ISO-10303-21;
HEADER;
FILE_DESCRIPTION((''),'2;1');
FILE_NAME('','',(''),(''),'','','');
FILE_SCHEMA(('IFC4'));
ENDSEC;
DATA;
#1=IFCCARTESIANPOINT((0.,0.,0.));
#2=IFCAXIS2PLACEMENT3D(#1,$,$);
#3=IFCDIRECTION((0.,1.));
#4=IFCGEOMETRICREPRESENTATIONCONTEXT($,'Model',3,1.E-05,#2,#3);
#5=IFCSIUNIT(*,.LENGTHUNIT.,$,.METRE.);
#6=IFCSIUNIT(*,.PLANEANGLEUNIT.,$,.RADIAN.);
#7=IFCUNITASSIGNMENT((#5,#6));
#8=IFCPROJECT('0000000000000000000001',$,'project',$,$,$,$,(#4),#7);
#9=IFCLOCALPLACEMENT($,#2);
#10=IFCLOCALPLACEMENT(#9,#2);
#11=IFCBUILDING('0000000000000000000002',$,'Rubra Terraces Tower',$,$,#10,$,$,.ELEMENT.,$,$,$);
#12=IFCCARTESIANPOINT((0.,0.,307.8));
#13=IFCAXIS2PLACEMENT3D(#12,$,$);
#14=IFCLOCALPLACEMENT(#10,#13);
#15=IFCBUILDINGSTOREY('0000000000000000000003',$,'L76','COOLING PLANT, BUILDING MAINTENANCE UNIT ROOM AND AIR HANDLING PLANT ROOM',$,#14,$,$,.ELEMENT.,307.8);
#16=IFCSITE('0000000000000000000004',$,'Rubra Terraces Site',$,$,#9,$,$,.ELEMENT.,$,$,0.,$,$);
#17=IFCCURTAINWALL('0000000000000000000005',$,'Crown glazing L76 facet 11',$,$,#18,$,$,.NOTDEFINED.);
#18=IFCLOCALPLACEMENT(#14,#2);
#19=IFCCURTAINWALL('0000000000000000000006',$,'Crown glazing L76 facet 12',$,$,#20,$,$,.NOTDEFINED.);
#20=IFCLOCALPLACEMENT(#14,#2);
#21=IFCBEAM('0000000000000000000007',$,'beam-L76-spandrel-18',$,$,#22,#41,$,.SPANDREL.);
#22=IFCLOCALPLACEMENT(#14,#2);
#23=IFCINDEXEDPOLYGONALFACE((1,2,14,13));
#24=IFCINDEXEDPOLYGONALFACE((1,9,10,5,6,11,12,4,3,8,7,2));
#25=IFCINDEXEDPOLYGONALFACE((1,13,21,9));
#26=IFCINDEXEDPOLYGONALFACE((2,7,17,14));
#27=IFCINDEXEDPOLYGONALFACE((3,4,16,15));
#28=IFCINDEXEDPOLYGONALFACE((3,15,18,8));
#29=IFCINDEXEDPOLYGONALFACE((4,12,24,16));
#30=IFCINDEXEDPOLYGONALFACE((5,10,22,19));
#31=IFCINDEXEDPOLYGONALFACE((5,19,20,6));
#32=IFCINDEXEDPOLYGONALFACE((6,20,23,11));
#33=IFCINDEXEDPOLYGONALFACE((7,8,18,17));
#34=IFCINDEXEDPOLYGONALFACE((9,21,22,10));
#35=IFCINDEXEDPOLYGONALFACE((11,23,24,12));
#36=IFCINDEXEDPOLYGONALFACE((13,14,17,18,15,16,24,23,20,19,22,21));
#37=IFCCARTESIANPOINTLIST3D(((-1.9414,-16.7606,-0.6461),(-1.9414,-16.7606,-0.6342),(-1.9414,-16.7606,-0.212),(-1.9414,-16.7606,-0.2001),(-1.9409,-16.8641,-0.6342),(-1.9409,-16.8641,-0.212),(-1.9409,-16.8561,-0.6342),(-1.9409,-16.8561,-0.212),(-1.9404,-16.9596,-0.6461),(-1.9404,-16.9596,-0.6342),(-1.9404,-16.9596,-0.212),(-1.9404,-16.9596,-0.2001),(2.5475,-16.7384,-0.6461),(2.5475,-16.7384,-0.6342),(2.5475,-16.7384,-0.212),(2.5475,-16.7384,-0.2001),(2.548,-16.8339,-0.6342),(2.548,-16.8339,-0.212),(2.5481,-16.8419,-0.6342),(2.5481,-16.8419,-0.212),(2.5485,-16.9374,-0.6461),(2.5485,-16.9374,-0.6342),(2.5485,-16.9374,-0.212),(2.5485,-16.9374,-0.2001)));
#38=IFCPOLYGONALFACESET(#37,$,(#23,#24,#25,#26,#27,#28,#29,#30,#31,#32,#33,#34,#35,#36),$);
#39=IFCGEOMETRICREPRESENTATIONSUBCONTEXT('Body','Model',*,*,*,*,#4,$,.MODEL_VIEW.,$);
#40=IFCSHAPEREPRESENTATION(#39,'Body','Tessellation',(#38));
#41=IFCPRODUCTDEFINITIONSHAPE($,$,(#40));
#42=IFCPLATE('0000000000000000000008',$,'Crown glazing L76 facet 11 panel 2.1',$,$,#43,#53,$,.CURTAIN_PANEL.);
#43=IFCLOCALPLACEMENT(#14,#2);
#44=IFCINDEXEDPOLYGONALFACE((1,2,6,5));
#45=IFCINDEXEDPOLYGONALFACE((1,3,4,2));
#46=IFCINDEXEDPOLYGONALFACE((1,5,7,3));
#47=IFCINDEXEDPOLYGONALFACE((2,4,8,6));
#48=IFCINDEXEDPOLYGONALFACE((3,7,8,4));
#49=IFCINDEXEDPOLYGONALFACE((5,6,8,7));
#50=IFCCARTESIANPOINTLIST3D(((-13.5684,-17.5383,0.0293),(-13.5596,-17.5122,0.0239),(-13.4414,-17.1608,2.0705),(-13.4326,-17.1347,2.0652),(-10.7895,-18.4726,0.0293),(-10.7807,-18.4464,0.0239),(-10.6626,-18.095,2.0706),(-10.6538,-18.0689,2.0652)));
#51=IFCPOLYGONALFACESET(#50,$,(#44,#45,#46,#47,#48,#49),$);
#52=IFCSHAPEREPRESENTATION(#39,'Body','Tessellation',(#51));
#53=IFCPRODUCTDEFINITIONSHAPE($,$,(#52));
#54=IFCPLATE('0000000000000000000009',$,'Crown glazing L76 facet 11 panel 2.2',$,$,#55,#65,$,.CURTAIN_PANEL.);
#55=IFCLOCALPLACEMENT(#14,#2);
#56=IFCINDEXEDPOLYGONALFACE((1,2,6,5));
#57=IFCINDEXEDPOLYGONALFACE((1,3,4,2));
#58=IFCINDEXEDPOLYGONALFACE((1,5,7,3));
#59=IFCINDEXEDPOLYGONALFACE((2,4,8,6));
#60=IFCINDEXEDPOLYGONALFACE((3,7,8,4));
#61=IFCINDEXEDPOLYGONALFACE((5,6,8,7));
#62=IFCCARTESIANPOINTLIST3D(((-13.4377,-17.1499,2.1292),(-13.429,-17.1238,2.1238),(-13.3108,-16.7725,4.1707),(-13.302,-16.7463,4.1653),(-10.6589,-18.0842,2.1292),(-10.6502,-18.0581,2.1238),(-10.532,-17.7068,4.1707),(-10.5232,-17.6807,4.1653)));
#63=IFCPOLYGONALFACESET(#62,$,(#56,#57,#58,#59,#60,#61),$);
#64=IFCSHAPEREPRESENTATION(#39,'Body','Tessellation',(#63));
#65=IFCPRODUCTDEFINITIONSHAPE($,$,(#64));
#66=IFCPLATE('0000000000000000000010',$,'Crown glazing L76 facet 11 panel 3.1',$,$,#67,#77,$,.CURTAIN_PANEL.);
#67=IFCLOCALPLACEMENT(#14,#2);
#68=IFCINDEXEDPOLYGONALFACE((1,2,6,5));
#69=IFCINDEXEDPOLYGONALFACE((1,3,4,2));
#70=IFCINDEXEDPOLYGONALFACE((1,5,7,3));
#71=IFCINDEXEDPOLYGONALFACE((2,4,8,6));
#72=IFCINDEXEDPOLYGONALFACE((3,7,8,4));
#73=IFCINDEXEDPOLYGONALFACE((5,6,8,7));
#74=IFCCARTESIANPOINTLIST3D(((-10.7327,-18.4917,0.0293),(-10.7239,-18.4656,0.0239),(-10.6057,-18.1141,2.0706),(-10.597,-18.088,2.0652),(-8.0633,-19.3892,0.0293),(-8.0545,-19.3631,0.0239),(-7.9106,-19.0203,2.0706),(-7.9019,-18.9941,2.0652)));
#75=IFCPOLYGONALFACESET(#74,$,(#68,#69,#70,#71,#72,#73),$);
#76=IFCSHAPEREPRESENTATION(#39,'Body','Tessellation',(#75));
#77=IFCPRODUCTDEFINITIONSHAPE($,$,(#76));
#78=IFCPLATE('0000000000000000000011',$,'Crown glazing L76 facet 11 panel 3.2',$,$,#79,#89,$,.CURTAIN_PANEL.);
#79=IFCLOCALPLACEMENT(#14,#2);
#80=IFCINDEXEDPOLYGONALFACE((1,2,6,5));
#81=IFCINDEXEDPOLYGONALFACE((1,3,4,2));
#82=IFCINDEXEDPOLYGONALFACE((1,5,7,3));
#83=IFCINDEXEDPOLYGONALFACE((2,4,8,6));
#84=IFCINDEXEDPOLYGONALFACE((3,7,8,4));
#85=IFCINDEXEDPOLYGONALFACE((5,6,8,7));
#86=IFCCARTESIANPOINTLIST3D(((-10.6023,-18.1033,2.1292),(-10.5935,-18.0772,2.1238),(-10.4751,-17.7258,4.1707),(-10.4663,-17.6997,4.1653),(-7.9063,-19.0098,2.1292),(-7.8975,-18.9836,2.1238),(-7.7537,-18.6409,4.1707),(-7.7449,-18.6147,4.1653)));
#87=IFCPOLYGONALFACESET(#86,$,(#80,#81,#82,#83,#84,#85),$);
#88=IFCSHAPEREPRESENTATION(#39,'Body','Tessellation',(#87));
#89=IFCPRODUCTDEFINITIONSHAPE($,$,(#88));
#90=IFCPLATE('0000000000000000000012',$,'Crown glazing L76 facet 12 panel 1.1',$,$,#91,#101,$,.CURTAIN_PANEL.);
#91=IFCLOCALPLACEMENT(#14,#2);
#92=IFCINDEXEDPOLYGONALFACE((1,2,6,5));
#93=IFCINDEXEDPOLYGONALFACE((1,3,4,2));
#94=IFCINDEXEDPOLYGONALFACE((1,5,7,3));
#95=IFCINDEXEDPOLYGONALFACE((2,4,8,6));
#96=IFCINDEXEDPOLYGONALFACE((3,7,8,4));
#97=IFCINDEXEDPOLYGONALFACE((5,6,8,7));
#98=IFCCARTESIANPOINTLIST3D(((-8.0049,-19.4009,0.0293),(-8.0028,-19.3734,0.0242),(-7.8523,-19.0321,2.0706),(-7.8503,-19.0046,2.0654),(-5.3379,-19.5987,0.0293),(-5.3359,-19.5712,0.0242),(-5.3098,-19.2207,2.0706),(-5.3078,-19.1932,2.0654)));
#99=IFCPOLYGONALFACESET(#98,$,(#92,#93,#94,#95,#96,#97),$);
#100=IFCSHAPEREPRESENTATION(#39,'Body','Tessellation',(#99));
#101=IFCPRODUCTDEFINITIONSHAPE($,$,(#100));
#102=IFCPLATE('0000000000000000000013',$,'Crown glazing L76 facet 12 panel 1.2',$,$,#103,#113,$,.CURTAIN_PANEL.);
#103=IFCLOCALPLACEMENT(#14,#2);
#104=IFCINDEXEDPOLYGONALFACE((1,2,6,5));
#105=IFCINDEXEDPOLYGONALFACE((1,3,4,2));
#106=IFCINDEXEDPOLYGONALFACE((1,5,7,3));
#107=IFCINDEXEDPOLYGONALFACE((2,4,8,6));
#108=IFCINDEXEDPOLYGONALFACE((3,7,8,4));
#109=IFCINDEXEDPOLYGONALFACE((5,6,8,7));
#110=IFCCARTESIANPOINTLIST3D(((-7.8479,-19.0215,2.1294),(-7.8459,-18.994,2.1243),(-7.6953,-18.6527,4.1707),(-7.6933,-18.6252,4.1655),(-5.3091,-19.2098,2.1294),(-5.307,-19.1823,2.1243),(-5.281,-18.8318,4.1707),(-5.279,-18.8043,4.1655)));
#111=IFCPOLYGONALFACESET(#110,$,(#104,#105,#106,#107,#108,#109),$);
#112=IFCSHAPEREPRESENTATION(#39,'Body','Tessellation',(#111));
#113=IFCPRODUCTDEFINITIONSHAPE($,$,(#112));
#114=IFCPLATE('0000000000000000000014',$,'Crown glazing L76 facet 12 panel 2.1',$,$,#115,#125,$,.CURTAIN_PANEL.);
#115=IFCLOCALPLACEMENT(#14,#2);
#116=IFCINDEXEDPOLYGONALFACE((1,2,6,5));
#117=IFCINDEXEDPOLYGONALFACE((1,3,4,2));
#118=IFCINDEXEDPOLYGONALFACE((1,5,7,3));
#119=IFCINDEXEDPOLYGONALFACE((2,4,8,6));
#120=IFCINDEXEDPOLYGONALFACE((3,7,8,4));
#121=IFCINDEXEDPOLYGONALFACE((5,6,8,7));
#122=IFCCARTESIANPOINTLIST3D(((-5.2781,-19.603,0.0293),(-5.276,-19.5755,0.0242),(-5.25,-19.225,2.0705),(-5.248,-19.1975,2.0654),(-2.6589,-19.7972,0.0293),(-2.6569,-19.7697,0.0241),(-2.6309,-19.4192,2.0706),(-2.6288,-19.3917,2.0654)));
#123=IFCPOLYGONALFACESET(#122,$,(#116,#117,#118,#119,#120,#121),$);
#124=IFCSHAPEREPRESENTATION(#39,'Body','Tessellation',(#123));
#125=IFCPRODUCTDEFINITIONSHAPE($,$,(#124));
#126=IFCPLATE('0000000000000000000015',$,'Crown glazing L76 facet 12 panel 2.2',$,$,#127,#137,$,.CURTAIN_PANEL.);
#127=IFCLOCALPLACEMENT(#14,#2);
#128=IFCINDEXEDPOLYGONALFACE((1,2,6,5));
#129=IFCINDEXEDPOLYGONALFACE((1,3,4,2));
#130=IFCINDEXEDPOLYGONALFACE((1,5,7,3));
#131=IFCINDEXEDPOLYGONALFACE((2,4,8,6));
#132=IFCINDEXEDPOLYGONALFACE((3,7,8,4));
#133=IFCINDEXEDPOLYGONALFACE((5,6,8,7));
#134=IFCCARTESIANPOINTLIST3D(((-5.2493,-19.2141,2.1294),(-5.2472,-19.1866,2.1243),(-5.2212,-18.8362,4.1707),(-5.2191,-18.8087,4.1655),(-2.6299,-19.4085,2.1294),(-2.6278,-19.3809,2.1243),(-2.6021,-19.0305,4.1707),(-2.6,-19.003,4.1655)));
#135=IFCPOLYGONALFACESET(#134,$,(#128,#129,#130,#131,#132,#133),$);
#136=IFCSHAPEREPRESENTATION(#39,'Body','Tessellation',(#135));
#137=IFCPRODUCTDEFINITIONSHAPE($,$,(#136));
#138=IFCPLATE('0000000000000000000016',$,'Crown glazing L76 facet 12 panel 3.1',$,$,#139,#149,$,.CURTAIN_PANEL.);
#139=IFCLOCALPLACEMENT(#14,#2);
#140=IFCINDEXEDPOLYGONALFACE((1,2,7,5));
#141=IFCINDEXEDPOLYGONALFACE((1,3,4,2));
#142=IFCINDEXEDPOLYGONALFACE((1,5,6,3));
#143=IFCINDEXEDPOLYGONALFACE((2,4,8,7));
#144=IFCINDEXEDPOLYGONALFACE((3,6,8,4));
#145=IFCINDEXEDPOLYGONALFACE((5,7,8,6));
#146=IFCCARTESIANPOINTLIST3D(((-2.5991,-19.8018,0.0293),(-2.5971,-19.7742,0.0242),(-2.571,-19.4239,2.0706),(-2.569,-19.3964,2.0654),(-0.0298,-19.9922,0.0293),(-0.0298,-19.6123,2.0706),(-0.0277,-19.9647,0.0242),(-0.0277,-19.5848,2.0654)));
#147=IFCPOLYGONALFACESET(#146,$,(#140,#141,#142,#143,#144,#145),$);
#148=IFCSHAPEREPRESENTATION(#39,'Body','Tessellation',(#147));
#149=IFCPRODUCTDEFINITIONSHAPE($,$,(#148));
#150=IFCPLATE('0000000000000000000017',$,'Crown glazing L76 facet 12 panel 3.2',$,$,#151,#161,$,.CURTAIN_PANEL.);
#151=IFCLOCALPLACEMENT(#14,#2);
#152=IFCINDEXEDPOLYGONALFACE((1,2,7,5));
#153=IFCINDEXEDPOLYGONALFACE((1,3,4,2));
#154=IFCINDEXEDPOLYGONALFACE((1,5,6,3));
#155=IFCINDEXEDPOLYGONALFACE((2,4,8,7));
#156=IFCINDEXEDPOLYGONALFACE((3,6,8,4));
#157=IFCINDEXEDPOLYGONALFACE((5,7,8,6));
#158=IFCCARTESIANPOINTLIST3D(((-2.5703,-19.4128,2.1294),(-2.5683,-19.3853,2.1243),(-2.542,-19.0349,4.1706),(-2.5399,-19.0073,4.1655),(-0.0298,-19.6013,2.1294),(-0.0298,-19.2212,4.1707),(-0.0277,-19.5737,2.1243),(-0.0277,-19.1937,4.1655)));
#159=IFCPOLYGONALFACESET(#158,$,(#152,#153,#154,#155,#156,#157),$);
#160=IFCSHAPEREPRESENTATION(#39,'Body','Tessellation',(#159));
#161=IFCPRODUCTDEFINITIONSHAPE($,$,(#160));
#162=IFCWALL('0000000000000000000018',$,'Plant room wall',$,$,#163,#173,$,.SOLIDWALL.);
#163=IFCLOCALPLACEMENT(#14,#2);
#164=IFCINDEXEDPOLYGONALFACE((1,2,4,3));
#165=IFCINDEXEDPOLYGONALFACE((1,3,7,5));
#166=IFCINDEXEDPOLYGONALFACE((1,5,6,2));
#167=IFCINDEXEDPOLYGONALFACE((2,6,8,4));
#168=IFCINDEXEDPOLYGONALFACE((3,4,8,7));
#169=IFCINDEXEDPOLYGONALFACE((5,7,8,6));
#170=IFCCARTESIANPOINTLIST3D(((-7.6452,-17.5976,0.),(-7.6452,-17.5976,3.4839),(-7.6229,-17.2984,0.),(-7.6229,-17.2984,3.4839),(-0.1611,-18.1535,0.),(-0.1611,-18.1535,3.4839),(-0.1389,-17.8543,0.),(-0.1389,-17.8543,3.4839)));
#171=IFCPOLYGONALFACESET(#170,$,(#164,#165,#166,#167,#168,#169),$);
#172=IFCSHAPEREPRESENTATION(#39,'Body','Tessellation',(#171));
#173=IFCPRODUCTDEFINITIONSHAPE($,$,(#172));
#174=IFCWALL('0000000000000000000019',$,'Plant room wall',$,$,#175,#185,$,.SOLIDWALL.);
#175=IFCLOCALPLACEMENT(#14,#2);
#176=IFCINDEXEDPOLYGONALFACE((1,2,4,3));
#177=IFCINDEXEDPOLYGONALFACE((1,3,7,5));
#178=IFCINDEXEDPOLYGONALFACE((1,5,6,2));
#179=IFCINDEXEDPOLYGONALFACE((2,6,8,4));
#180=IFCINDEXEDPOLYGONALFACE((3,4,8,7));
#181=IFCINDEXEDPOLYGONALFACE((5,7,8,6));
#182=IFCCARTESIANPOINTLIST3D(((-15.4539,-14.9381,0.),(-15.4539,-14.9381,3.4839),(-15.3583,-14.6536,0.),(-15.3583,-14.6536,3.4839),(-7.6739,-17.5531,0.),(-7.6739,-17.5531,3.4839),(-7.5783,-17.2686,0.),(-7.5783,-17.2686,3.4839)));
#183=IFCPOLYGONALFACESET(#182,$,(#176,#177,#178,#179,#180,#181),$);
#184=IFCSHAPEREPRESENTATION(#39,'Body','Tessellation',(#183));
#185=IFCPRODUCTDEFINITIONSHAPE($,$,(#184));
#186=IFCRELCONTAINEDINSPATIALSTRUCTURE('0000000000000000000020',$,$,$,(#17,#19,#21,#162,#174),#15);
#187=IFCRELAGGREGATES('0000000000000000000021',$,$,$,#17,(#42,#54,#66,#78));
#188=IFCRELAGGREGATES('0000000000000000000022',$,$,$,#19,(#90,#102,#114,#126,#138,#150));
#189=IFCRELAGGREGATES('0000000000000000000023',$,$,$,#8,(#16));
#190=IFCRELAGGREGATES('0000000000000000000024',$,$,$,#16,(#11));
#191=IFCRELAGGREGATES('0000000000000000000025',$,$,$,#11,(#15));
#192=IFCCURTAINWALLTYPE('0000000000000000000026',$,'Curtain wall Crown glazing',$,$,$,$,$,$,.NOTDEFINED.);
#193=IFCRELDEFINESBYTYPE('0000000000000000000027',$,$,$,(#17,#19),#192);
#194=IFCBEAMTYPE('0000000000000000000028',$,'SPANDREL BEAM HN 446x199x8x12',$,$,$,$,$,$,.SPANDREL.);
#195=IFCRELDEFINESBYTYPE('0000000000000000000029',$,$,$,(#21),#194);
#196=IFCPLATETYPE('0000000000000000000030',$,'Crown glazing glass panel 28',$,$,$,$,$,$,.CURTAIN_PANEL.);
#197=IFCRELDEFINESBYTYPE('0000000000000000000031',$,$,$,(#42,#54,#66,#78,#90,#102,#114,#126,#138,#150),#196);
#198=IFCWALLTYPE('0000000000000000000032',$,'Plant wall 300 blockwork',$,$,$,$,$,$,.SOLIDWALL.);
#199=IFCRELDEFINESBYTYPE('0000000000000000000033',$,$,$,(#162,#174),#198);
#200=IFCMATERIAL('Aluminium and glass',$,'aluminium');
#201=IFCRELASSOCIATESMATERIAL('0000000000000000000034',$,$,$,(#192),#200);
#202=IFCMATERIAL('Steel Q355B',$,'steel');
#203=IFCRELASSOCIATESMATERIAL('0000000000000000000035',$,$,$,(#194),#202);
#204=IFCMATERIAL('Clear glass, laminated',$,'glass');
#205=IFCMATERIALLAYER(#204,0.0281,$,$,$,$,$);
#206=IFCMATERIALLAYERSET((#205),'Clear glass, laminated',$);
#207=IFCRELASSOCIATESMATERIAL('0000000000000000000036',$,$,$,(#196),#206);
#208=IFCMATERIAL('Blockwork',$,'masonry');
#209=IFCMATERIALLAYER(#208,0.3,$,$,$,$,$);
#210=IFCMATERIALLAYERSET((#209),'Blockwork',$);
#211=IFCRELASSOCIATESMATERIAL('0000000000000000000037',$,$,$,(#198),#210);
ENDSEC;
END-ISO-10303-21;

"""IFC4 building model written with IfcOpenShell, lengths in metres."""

from ifc_helpers import new_model, si_unit, direction, frame, frame_2d, origin, origin_2d, place, context, subcontext, project, spatial, polyline, rectangle, i_section, outline, extrude, material, layer, layer_set, material_profile, profile_set, type_object, element, aggregate, save


model = new_model("IFC4")

# Units and contexts
model_context = context("Model", 3, precision=1e-05, world=origin(), true_north=direction((0.0, 1.0)))
body_context = subcontext(model_context, "Body", "Model", "MODEL_VIEW")
ifc_project = project(units=[si_unit("LENGTHUNIT", "METRE"), si_unit("PLANEANGLEUNIT", "RADIAN")], contexts=[model_context])

# Site, building, storey
site_placement = place(None, origin())
site = spatial("IfcSite", under=ifc_project, at=site_placement, Name="Rubra Terraces Site", CompositionType="ELEMENT", RefElevation=0.0)
building_placement = place(site_placement, origin())
building = spatial("IfcBuilding", under=site, at=building_placement, Name="Rubra Terraces Tower", CompositionType="ELEMENT")
storey_placement = place(building_placement, frame((0.0, 0.0, 307.8)))
storey = spatial("IfcBuildingStorey", under=building, at=storey_placement, Name="L76", Description="COOLING PLANT, BUILDING MAINTENANCE UNIT ROOM AND AIR HANDLING PLANT ROOM", CompositionType="ELEMENT", Elevation=307.8)

# Shared definitions
ifc_material_1 = material(Name="Steel Q355B", Category="steel")

# Curtain walls
ifc_material_2 = material(Name="Aluminium and glass", Category="aluminium")
curtain_wall_type = type_object("IfcCurtainWallType", Name="Curtain wall Crown glazing", PredefinedType="NOTDEFINED", material=ifc_material_2)
curtain_wall_1_placement = place(storey_placement, origin())
curtain_wall_1 = element("IfcCurtainWall", 1, at=curtain_wall_1_placement, inside=storey, type_object=curtain_wall_type, Name="Crown glazing L76 facet 11", PredefinedType="NOTDEFINED")
curtain_wall_2_placement = place(storey_placement, origin())
curtain_wall_2 = element("IfcCurtainWall", 2, at=curtain_wall_2_placement, inside=storey, type_object=curtain_wall_type, Name="Crown glazing L76 facet 12", PredefinedType="NOTDEFINED")

# Beam
ifc_material_profile_1 = material_profile(ifc_material_1, i_section(OverallWidth=0.199, OverallDepth=0.446, WebThickness=0.0081, FlangeThickness=0.012, at=origin_2d()), Name="HN 446x199x8x12")
ifc_profile_set_1 = profile_set([ifc_material_profile_1], Name="Steel Q355B")
beam_type_1 = type_object("IfcBeamType", Name="SPANDREL BEAM HN 446x199x8x12", PredefinedType="SPANDREL", material=ifc_profile_set_1)
beam_1_placement = place(storey_placement, frame((-1.9409, -16.8601, -0.4231), z_axis=(0.999988, 0.004949, 0.0), x_axis=(-0.004949, 0.999988, 0.0)))
element("IfcBeam", 3, at=beam_1_placement, inside=storey, type_object=beam_type_1, Name="beam-L76-spandrel-18", PredefinedType="SPANDREL", context=body_context, shape_type="SweptSolid", body=[
    extrude(i_section(OverallWidth=0.199, OverallDepth=0.446, WebThickness=0.0081, FlangeThickness=0.012, at=origin_2d()), origin(), (0.0, 0.0, 1.0), 4.489),
])

# Plates
ifc_material_3 = material(Name="Clear glass, laminated", Category="glass")
ifc_layer_1 = layer(ifc_material_3, 0.0281)
ifc_layer_set_1 = layer_set([ifc_layer_1], Name="Clear glass, laminated")
plate_type = type_object("IfcPlateType", Name="Crown glazing glass panel 28", PredefinedType="CURTAIN_PANEL", material=ifc_layer_set_1)
plate_1_placement = place(storey_placement, frame((-13.5684, -17.5383, 0.0293), z_axis=(-0.312763, -0.93032, 0.191529), x_axis=(0.947868, -0.318664, -0.000007)))
plate_1 = element("IfcPlate", 4, at=plate_1_placement, type_object=plate_type, Name="Crown glazing L76 facet 11 panel 2.1", PredefinedType="CURTAIN_PANEL", context=body_context, shape_type="SweptSolid", body=[
    extrude(outline(polyline([(0.0, 0.0), (2.9317, 0.0), (2.9316, 2.0798), (0.0, 2.0797), (0.0, 0.0)])), origin(), (0.0, 0.0, -1.0), 0.0281),
])
plate_2_placement = place(storey_placement, frame((-13.4377, -17.1499, 2.1292), z_axis=(-0.312805, -0.930322, 0.191454), x_axis=(0.947856, -0.3187, 0.0)))
plate_2 = element("IfcPlate", 5, at=plate_2_placement, type_object=plate_type, Name="Crown glazing L76 facet 11 panel 2.2", PredefinedType="CURTAIN_PANEL", context=body_context, shape_type="SweptSolid", body=[
    extrude(outline(polyline([(0.0, 0.0), (2.9317, 0.0), (2.9317, 2.08), (0.0, 2.08), (0.0, 0.0)])), origin(), (0.0, 0.0, -1.0), 0.0281),
])
plate_3_placement = place(storey_placement, frame((-10.7327, -18.4917, 0.0293), z_axis=(-0.312797, -0.930305, 0.191546), x_axis=(0.947856, -0.318697, 0.000005)))
plate_3 = element("IfcPlate", 6, at=plate_3_placement, type_object=plate_type, Name="Crown glazing L76 facet 11 panel 3.1", PredefinedType="CURTAIN_PANEL", context=body_context, shape_type="SweptSolid", body=[
    extrude(outline(polyline([(0.0, 0.0), (2.8163, 0.0), (2.8433, 2.0798), (0.0, 2.0798), (0.0, 0.0)])), origin(), (0.0, 0.0, -1.0), 0.0281),
])
plate_4_placement = place(storey_placement, frame((-10.6023, -18.1033, 2.1292), z_axis=(-0.312802, -0.930316, 0.191488), x_axis=(0.947856, -0.3187, 0.0)))
plate_4 = element("IfcPlate", 7, at=plate_4_placement, type_object=plate_type, Name="Crown glazing L76 facet 11 panel 3.2", PredefinedType="CURTAIN_PANEL", context=body_context, shape_type="SweptSolid", body=[
    extrude(outline(polyline([(0.0, 0.0), (2.8444, 0.0), (2.8714, 2.08), (0.0003, 2.08), (0.0, 0.0)])), origin(), (0.0, 0.0, -1.0), 0.0281),
])
aggregate(curtain_wall_1, [plate_1, plate_2, plate_3, plate_4])
plate_5_placement = place(storey_placement, frame((-8.0049, -19.4009, 0.0293), z_axis=(-0.07274, -0.980496, 0.182584), x_axis=(0.99726, -0.073982, 0.000007)))
plate_5 = element("IfcPlate", 8, at=plate_5_placement, type_object=plate_type, Name="Crown glazing L76 facet 12 panel 1.1", PredefinedType="CURTAIN_PANEL", context=body_context, shape_type="SweptSolid", body=[
    extrude(outline(polyline([(0.0, 0.0), (2.6743, 0.0), (2.6744, 2.0761), (0.1249, 2.0762), (0.0, 0.0)])), origin(), (0.0, 0.0, -1.0), 0.0281),
])
plate_6_placement = place(storey_placement, frame((-7.8479, -19.0215, 2.1294), z_axis=(-0.072735, -0.980496, 0.182584), x_axis=(0.99726, -0.073977, 0.000007)))
plate_6 = element("IfcPlate", 9, at=plate_6_placement, type_object=plate_type, Name="Crown glazing L76 facet 12 panel 1.2", PredefinedType="CURTAIN_PANEL", context=body_context, shape_type="SweptSolid", body=[
    extrude(outline(polyline([(0.0, 0.0), (2.5458, 0.0), (2.5458, 2.0761), (0.1249, 2.0762), (0.0, 0.0)])), origin(), (0.0, 0.0, -1.0), 0.0281),
])
plate_7_placement = place(storey_placement, frame((-5.2781, -19.603, 0.0293), z_axis=(-0.072706, -0.980497, 0.182593), x_axis=(0.997262, -0.07395, -0.000008)))
plate_7 = element("IfcPlate", 10, at=plate_7_placement, type_object=plate_type, Name="Crown glazing L76 facet 12 panel 2.1", PredefinedType="CURTAIN_PANEL", context=body_context, shape_type="SweptSolid", body=[
    extrude(outline(polyline([(0.0, 0.0), (2.6263, 0.0), (2.6264, 2.0762), (0.0, 2.0761), (0.0, 0.0)])), origin(), (0.0, 0.0, -1.0), 0.0281),
])
plate_8_placement = place(storey_placement, frame((-5.2493, -19.2141, 2.1294), z_axis=(-0.072748, -0.980505, 0.182532), x_axis=(0.997259, -0.073991, 0.000001)))
plate_8 = element("IfcPlate", 11, at=plate_8_placement, type_object=plate_type, Name="Crown glazing L76 facet 12 panel 2.2", PredefinedType="CURTAIN_PANEL", context=body_context, shape_type="SweptSolid", body=[
    extrude(outline(polyline([(0.0, 0.0), (2.6266, 0.0), (2.6264, 2.0761), (0.0, 2.0761), (0.0, 0.0)])), origin(), (0.0, 0.0, -1.0), 0.0281),
])
plate_9_placement = place(storey_placement, frame((-2.5991, -19.8018, 0.0293), z_axis=(-0.072697, -0.980513, 0.182507), x_axis=(0.997263, -0.073938, 0.000004)))
plate_9 = element("IfcPlate", 12, at=plate_9_placement, type_object=plate_type, Name="Crown glazing L76 facet 12 panel 3.1", PredefinedType="CURTAIN_PANEL", context=body_context, shape_type="SweptSolid", body=[
    extrude(outline(polyline([(0.0, 0.0), (2.5764, 0.0), (2.5483, 2.0761), (0.0001, 2.0761), (0.0, 0.0)])), origin(), (0.0, 0.0, -1.0), 0.0281),
])
plate_10_placement = place(storey_placement, frame((-2.5703, -19.4128, 2.1294), z_axis=(-0.072723, -0.9805, 0.182567), x_axis=(0.997261, -0.073966, -0.000003)))
plate_10 = element("IfcPlate", 13, at=plate_10_placement, type_object=plate_type, Name="Crown glazing L76 facet 12 panel 3.2", PredefinedType="CURTAIN_PANEL", context=body_context, shape_type="SweptSolid", body=[
    extrude(outline(polyline([(0.0, 0.0), (2.5475, 0.0), (2.5194, 2.0762), (0.0003, 2.0761), (0.0, 0.0)])), origin(), (0.0, 0.0, -1.0), 0.0281),
])
aggregate(curtain_wall_2, [plate_5, plate_6, plate_7, plate_8, plate_9, plate_10])

# Walls
ifc_material_4 = material(Name="Blockwork", Category="masonry")
ifc_layer_2 = layer(ifc_material_4, 0.3)
ifc_layer_set_2 = layer_set([ifc_layer_2], Name="Blockwork")
wall_type = type_object("IfcWallType", Name="Plant wall 300 blockwork", PredefinedType="SOLIDWALL", material=ifc_layer_set_2)
wall_1_placement = place(storey_placement, frame((-0.1499, -18.0039, 0.0), z_axis=(0.0, 0.0, 1.0), x_axis=(-0.997253, 0.074074, 0.0)))
element("IfcWall", 14, at=wall_1_placement, inside=storey, type_object=wall_type, Name="Plant room wall", PredefinedType="SOLIDWALL", context=body_context, shape_type="SweptSolid", body=[
    extrude(rectangle(XDim=7.5046, YDim=0.3, at=frame_2d((3.7524, 0.0))), origin(), (0.0, 0.0, 1.0), 3.4839),
])
wall_2_placement = place(storey_placement, frame((-7.626, -17.4109, 0.0), z_axis=(0.0, 0.0, 1.0), x_axis=(-0.947889, 0.3186, 0.0)))
element("IfcWall", 15, at=wall_2_placement, inside=storey, type_object=wall_type, Name="Plant room wall", PredefinedType="SOLIDWALL", context=body_context, shape_type="SweptSolid", body=[
    extrude(rectangle(XDim=8.2078, YDim=0.3, at=frame_2d((4.104, 0.0))), origin(), (0.0, 0.0, 1.0), 3.4839),
])

save(model, "model.ifc")
